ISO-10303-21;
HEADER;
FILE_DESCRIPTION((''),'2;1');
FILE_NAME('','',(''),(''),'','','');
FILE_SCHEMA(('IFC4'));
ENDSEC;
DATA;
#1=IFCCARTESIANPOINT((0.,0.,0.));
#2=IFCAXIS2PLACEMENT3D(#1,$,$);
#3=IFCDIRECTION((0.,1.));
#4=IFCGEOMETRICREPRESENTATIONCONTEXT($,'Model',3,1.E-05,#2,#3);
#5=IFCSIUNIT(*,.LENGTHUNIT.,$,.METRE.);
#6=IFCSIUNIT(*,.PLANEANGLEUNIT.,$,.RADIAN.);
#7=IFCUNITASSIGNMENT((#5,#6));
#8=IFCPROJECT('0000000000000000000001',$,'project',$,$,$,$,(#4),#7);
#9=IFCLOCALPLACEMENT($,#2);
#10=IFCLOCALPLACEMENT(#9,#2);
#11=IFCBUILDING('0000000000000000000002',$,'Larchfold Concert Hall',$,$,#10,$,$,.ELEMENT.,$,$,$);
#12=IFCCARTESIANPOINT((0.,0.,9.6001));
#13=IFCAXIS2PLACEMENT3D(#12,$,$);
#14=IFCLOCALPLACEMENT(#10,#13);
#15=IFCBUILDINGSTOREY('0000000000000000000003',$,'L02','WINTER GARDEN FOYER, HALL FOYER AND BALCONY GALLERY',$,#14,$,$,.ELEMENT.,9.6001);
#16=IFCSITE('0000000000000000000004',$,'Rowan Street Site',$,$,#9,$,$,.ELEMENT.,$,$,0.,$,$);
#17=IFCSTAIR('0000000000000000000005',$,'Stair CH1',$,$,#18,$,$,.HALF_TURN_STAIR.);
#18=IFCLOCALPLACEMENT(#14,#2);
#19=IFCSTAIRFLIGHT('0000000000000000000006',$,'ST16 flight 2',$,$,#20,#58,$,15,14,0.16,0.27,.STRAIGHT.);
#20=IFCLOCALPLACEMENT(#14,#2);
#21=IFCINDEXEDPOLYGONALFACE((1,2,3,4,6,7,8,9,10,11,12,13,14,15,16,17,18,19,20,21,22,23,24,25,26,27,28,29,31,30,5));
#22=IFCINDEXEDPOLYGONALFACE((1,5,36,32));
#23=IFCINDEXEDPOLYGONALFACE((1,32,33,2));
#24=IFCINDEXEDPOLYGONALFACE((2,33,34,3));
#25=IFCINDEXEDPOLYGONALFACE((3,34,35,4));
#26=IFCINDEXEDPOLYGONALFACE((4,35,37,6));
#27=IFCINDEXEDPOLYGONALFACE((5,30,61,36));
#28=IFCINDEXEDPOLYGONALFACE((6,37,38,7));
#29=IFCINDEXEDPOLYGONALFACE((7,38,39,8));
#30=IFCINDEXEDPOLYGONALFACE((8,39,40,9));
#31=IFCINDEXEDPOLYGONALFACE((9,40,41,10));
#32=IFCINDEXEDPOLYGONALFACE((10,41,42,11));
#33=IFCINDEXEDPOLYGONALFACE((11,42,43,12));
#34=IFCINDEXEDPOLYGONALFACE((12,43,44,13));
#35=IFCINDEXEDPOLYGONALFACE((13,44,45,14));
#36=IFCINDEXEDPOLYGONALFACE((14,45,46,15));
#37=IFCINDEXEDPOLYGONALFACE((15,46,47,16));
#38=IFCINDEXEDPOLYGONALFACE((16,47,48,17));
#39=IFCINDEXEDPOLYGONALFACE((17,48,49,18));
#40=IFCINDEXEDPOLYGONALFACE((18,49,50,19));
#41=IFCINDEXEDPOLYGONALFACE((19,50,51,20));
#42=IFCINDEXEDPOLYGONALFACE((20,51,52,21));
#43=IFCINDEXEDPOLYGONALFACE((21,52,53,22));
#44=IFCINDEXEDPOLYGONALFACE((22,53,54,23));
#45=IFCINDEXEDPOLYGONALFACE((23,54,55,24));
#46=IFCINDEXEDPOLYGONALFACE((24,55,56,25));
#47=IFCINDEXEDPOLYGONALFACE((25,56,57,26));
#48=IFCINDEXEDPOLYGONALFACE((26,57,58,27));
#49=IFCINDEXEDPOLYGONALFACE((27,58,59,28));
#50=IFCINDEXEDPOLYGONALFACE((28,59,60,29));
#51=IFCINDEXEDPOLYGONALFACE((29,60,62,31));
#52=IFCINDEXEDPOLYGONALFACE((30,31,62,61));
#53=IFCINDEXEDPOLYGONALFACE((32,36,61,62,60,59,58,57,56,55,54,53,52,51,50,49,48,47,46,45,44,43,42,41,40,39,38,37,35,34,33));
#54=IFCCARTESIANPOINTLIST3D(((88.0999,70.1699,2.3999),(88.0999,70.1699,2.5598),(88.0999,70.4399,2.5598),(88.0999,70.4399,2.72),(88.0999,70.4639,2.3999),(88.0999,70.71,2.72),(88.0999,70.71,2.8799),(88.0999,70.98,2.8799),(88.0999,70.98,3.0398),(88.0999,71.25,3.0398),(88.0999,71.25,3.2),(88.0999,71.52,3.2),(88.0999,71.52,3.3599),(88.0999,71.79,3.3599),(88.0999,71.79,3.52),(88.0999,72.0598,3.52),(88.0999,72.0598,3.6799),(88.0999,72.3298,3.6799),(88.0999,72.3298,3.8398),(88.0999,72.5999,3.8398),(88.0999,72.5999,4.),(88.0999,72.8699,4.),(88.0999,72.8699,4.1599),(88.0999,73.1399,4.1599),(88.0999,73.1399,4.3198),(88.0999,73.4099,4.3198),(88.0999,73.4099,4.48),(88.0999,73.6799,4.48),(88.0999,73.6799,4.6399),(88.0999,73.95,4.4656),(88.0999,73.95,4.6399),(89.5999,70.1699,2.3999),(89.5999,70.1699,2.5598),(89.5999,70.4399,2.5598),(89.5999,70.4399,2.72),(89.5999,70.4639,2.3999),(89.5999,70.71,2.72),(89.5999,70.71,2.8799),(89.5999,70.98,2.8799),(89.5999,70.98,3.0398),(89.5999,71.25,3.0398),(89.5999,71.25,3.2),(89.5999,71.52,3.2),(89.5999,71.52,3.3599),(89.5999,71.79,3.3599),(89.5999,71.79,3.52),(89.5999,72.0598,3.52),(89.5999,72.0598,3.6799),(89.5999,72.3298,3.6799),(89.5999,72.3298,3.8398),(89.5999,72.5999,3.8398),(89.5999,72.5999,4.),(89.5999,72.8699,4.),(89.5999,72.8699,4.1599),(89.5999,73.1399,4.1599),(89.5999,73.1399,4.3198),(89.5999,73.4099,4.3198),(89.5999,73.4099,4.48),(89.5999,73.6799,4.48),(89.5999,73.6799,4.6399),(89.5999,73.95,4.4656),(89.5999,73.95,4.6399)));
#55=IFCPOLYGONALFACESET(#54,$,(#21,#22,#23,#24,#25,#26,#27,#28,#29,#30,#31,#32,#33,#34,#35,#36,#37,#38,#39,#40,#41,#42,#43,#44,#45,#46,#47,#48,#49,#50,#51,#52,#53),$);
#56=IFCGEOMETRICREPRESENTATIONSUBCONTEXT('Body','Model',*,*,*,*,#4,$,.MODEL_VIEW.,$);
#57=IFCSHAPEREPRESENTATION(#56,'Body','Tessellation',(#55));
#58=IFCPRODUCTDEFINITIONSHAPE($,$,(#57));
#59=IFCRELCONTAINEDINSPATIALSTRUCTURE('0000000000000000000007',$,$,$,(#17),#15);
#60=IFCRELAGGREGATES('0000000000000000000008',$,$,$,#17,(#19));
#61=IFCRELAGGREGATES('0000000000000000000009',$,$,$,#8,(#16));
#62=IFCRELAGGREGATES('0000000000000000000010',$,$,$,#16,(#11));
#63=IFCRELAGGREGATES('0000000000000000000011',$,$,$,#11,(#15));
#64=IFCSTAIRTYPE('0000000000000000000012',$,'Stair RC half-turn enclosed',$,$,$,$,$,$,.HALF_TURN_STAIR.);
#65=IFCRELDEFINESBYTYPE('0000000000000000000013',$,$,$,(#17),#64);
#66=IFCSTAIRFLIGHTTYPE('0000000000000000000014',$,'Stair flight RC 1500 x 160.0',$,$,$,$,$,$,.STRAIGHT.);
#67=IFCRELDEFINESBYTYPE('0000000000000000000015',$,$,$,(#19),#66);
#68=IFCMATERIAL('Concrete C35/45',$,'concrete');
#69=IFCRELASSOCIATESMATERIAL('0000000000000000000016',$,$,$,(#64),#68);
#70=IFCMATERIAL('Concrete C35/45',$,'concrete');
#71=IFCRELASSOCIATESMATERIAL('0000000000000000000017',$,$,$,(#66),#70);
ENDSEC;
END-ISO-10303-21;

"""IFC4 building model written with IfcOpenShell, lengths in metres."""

from ifc_helpers import new_model, si_unit, direction, frame, origin, place, context, subcontext, project, spatial, polyline, outline, extrude, material, type_object, element, aggregate, save


model = new_model("IFC4")

# Units and contexts
model_context = context("Model", 3, precision=1e-05, world=origin(), true_north=direction((0.0, 1.0)))
body_context = subcontext(model_context, "Body", "Model", "MODEL_VIEW")
ifc_project = project(units=[si_unit("LENGTHUNIT", "METRE"), si_unit("PLANEANGLEUNIT", "RADIAN")], contexts=[model_context])

# Site, building, storey
site_placement = place(None, origin())
site = spatial("IfcSite", under=ifc_project, at=site_placement, Name="Rowan Street Site", CompositionType="ELEMENT", RefElevation=0.0)
building_placement = place(site_placement, origin())
building = spatial("IfcBuilding", under=site, at=building_placement, Name="Larchfold Concert Hall", CompositionType="ELEMENT")
storey_placement = place(building_placement, frame((0.0, 0.0, 9.6001)))
storey = spatial("IfcBuildingStorey", under=building, at=storey_placement, Name="L02", Description="WINTER GARDEN FOYER, HALL FOYER AND BALCONY GALLERY", CompositionType="ELEMENT", Elevation=9.6001)

# Stair, stair flight
ifc_material_1 = material(Name="Concrete C35/45", Category="concrete")
stair_type = type_object("IfcStairType", Name="Stair RC half-turn enclosed", PredefinedType="HALF_TURN_STAIR", material=ifc_material_1)
stair_placement = place(storey_placement, origin())
stair = element("IfcStair", 1, at=stair_placement, inside=storey, type_object=stair_type, Name="Stair CH1", PredefinedType="HALF_TURN_STAIR")
ifc_material_2 = material(Name="Concrete C35/45", Category="concrete")
stair_flight_type = type_object("IfcStairFlightType", Name="Stair flight RC 1500 x 160.0", PredefinedType="STRAIGHT", material=ifc_material_2)
stair_flight_placement = place(storey_placement, frame((88.8499, 70.1699, 2.3999), z_axis=(0.0, 0.0, 1.0), x_axis=(0.0, 1.0, 0.0)))
stair_flight = element("IfcStairFlight", 2, at=stair_flight_placement, type_object=stair_flight_type, Name="ST16 flight 2", NumberOfRisers=15, NumberOfTreads=14, PredefinedType="STRAIGHT", RiserHeight=0.16, TreadLength=0.27, context=body_context, shape_type="SweptSolid", body=[
    extrude(outline(polyline([(0.0, 0.0), (0.0, 0.1599), (0.27, 0.1599), (0.27, 0.3201), (0.54, 0.3201), (0.54, 0.48), (0.8101, 0.48), (0.8101, 0.6399), (1.0801, 0.6399), (1.0801, 0.8), (1.3501, 0.8), (1.3501, 0.96), (1.6201, 0.96), (1.6201, 1.1201), (1.8899, 1.1201), (1.8899, 1.28), (2.1599, 1.28), (2.1599, 1.4399), (2.4299, 1.4399), (2.4299, 1.6001), (2.7, 1.6001), (2.7, 1.76), (2.97, 1.76), (2.97, 1.9199), (3.24, 1.9199), (3.24, 2.0801), (3.51, 2.0801), (3.51, 2.24), (3.78, 2.24), (3.78, 2.3999), (3.78, 2.0657), (0.2939, 0.0), (0.0, 0.0)])), frame((0.0, 0.75, 0.0), z_axis=(0.0, -1.0, 0.0), x_axis=(1.0, 0.0, 0.0)), (0.0, 0.0, 1.0), 1.5),
])
aggregate(stair, [stair_flight])

save(model, "model.ifc")
